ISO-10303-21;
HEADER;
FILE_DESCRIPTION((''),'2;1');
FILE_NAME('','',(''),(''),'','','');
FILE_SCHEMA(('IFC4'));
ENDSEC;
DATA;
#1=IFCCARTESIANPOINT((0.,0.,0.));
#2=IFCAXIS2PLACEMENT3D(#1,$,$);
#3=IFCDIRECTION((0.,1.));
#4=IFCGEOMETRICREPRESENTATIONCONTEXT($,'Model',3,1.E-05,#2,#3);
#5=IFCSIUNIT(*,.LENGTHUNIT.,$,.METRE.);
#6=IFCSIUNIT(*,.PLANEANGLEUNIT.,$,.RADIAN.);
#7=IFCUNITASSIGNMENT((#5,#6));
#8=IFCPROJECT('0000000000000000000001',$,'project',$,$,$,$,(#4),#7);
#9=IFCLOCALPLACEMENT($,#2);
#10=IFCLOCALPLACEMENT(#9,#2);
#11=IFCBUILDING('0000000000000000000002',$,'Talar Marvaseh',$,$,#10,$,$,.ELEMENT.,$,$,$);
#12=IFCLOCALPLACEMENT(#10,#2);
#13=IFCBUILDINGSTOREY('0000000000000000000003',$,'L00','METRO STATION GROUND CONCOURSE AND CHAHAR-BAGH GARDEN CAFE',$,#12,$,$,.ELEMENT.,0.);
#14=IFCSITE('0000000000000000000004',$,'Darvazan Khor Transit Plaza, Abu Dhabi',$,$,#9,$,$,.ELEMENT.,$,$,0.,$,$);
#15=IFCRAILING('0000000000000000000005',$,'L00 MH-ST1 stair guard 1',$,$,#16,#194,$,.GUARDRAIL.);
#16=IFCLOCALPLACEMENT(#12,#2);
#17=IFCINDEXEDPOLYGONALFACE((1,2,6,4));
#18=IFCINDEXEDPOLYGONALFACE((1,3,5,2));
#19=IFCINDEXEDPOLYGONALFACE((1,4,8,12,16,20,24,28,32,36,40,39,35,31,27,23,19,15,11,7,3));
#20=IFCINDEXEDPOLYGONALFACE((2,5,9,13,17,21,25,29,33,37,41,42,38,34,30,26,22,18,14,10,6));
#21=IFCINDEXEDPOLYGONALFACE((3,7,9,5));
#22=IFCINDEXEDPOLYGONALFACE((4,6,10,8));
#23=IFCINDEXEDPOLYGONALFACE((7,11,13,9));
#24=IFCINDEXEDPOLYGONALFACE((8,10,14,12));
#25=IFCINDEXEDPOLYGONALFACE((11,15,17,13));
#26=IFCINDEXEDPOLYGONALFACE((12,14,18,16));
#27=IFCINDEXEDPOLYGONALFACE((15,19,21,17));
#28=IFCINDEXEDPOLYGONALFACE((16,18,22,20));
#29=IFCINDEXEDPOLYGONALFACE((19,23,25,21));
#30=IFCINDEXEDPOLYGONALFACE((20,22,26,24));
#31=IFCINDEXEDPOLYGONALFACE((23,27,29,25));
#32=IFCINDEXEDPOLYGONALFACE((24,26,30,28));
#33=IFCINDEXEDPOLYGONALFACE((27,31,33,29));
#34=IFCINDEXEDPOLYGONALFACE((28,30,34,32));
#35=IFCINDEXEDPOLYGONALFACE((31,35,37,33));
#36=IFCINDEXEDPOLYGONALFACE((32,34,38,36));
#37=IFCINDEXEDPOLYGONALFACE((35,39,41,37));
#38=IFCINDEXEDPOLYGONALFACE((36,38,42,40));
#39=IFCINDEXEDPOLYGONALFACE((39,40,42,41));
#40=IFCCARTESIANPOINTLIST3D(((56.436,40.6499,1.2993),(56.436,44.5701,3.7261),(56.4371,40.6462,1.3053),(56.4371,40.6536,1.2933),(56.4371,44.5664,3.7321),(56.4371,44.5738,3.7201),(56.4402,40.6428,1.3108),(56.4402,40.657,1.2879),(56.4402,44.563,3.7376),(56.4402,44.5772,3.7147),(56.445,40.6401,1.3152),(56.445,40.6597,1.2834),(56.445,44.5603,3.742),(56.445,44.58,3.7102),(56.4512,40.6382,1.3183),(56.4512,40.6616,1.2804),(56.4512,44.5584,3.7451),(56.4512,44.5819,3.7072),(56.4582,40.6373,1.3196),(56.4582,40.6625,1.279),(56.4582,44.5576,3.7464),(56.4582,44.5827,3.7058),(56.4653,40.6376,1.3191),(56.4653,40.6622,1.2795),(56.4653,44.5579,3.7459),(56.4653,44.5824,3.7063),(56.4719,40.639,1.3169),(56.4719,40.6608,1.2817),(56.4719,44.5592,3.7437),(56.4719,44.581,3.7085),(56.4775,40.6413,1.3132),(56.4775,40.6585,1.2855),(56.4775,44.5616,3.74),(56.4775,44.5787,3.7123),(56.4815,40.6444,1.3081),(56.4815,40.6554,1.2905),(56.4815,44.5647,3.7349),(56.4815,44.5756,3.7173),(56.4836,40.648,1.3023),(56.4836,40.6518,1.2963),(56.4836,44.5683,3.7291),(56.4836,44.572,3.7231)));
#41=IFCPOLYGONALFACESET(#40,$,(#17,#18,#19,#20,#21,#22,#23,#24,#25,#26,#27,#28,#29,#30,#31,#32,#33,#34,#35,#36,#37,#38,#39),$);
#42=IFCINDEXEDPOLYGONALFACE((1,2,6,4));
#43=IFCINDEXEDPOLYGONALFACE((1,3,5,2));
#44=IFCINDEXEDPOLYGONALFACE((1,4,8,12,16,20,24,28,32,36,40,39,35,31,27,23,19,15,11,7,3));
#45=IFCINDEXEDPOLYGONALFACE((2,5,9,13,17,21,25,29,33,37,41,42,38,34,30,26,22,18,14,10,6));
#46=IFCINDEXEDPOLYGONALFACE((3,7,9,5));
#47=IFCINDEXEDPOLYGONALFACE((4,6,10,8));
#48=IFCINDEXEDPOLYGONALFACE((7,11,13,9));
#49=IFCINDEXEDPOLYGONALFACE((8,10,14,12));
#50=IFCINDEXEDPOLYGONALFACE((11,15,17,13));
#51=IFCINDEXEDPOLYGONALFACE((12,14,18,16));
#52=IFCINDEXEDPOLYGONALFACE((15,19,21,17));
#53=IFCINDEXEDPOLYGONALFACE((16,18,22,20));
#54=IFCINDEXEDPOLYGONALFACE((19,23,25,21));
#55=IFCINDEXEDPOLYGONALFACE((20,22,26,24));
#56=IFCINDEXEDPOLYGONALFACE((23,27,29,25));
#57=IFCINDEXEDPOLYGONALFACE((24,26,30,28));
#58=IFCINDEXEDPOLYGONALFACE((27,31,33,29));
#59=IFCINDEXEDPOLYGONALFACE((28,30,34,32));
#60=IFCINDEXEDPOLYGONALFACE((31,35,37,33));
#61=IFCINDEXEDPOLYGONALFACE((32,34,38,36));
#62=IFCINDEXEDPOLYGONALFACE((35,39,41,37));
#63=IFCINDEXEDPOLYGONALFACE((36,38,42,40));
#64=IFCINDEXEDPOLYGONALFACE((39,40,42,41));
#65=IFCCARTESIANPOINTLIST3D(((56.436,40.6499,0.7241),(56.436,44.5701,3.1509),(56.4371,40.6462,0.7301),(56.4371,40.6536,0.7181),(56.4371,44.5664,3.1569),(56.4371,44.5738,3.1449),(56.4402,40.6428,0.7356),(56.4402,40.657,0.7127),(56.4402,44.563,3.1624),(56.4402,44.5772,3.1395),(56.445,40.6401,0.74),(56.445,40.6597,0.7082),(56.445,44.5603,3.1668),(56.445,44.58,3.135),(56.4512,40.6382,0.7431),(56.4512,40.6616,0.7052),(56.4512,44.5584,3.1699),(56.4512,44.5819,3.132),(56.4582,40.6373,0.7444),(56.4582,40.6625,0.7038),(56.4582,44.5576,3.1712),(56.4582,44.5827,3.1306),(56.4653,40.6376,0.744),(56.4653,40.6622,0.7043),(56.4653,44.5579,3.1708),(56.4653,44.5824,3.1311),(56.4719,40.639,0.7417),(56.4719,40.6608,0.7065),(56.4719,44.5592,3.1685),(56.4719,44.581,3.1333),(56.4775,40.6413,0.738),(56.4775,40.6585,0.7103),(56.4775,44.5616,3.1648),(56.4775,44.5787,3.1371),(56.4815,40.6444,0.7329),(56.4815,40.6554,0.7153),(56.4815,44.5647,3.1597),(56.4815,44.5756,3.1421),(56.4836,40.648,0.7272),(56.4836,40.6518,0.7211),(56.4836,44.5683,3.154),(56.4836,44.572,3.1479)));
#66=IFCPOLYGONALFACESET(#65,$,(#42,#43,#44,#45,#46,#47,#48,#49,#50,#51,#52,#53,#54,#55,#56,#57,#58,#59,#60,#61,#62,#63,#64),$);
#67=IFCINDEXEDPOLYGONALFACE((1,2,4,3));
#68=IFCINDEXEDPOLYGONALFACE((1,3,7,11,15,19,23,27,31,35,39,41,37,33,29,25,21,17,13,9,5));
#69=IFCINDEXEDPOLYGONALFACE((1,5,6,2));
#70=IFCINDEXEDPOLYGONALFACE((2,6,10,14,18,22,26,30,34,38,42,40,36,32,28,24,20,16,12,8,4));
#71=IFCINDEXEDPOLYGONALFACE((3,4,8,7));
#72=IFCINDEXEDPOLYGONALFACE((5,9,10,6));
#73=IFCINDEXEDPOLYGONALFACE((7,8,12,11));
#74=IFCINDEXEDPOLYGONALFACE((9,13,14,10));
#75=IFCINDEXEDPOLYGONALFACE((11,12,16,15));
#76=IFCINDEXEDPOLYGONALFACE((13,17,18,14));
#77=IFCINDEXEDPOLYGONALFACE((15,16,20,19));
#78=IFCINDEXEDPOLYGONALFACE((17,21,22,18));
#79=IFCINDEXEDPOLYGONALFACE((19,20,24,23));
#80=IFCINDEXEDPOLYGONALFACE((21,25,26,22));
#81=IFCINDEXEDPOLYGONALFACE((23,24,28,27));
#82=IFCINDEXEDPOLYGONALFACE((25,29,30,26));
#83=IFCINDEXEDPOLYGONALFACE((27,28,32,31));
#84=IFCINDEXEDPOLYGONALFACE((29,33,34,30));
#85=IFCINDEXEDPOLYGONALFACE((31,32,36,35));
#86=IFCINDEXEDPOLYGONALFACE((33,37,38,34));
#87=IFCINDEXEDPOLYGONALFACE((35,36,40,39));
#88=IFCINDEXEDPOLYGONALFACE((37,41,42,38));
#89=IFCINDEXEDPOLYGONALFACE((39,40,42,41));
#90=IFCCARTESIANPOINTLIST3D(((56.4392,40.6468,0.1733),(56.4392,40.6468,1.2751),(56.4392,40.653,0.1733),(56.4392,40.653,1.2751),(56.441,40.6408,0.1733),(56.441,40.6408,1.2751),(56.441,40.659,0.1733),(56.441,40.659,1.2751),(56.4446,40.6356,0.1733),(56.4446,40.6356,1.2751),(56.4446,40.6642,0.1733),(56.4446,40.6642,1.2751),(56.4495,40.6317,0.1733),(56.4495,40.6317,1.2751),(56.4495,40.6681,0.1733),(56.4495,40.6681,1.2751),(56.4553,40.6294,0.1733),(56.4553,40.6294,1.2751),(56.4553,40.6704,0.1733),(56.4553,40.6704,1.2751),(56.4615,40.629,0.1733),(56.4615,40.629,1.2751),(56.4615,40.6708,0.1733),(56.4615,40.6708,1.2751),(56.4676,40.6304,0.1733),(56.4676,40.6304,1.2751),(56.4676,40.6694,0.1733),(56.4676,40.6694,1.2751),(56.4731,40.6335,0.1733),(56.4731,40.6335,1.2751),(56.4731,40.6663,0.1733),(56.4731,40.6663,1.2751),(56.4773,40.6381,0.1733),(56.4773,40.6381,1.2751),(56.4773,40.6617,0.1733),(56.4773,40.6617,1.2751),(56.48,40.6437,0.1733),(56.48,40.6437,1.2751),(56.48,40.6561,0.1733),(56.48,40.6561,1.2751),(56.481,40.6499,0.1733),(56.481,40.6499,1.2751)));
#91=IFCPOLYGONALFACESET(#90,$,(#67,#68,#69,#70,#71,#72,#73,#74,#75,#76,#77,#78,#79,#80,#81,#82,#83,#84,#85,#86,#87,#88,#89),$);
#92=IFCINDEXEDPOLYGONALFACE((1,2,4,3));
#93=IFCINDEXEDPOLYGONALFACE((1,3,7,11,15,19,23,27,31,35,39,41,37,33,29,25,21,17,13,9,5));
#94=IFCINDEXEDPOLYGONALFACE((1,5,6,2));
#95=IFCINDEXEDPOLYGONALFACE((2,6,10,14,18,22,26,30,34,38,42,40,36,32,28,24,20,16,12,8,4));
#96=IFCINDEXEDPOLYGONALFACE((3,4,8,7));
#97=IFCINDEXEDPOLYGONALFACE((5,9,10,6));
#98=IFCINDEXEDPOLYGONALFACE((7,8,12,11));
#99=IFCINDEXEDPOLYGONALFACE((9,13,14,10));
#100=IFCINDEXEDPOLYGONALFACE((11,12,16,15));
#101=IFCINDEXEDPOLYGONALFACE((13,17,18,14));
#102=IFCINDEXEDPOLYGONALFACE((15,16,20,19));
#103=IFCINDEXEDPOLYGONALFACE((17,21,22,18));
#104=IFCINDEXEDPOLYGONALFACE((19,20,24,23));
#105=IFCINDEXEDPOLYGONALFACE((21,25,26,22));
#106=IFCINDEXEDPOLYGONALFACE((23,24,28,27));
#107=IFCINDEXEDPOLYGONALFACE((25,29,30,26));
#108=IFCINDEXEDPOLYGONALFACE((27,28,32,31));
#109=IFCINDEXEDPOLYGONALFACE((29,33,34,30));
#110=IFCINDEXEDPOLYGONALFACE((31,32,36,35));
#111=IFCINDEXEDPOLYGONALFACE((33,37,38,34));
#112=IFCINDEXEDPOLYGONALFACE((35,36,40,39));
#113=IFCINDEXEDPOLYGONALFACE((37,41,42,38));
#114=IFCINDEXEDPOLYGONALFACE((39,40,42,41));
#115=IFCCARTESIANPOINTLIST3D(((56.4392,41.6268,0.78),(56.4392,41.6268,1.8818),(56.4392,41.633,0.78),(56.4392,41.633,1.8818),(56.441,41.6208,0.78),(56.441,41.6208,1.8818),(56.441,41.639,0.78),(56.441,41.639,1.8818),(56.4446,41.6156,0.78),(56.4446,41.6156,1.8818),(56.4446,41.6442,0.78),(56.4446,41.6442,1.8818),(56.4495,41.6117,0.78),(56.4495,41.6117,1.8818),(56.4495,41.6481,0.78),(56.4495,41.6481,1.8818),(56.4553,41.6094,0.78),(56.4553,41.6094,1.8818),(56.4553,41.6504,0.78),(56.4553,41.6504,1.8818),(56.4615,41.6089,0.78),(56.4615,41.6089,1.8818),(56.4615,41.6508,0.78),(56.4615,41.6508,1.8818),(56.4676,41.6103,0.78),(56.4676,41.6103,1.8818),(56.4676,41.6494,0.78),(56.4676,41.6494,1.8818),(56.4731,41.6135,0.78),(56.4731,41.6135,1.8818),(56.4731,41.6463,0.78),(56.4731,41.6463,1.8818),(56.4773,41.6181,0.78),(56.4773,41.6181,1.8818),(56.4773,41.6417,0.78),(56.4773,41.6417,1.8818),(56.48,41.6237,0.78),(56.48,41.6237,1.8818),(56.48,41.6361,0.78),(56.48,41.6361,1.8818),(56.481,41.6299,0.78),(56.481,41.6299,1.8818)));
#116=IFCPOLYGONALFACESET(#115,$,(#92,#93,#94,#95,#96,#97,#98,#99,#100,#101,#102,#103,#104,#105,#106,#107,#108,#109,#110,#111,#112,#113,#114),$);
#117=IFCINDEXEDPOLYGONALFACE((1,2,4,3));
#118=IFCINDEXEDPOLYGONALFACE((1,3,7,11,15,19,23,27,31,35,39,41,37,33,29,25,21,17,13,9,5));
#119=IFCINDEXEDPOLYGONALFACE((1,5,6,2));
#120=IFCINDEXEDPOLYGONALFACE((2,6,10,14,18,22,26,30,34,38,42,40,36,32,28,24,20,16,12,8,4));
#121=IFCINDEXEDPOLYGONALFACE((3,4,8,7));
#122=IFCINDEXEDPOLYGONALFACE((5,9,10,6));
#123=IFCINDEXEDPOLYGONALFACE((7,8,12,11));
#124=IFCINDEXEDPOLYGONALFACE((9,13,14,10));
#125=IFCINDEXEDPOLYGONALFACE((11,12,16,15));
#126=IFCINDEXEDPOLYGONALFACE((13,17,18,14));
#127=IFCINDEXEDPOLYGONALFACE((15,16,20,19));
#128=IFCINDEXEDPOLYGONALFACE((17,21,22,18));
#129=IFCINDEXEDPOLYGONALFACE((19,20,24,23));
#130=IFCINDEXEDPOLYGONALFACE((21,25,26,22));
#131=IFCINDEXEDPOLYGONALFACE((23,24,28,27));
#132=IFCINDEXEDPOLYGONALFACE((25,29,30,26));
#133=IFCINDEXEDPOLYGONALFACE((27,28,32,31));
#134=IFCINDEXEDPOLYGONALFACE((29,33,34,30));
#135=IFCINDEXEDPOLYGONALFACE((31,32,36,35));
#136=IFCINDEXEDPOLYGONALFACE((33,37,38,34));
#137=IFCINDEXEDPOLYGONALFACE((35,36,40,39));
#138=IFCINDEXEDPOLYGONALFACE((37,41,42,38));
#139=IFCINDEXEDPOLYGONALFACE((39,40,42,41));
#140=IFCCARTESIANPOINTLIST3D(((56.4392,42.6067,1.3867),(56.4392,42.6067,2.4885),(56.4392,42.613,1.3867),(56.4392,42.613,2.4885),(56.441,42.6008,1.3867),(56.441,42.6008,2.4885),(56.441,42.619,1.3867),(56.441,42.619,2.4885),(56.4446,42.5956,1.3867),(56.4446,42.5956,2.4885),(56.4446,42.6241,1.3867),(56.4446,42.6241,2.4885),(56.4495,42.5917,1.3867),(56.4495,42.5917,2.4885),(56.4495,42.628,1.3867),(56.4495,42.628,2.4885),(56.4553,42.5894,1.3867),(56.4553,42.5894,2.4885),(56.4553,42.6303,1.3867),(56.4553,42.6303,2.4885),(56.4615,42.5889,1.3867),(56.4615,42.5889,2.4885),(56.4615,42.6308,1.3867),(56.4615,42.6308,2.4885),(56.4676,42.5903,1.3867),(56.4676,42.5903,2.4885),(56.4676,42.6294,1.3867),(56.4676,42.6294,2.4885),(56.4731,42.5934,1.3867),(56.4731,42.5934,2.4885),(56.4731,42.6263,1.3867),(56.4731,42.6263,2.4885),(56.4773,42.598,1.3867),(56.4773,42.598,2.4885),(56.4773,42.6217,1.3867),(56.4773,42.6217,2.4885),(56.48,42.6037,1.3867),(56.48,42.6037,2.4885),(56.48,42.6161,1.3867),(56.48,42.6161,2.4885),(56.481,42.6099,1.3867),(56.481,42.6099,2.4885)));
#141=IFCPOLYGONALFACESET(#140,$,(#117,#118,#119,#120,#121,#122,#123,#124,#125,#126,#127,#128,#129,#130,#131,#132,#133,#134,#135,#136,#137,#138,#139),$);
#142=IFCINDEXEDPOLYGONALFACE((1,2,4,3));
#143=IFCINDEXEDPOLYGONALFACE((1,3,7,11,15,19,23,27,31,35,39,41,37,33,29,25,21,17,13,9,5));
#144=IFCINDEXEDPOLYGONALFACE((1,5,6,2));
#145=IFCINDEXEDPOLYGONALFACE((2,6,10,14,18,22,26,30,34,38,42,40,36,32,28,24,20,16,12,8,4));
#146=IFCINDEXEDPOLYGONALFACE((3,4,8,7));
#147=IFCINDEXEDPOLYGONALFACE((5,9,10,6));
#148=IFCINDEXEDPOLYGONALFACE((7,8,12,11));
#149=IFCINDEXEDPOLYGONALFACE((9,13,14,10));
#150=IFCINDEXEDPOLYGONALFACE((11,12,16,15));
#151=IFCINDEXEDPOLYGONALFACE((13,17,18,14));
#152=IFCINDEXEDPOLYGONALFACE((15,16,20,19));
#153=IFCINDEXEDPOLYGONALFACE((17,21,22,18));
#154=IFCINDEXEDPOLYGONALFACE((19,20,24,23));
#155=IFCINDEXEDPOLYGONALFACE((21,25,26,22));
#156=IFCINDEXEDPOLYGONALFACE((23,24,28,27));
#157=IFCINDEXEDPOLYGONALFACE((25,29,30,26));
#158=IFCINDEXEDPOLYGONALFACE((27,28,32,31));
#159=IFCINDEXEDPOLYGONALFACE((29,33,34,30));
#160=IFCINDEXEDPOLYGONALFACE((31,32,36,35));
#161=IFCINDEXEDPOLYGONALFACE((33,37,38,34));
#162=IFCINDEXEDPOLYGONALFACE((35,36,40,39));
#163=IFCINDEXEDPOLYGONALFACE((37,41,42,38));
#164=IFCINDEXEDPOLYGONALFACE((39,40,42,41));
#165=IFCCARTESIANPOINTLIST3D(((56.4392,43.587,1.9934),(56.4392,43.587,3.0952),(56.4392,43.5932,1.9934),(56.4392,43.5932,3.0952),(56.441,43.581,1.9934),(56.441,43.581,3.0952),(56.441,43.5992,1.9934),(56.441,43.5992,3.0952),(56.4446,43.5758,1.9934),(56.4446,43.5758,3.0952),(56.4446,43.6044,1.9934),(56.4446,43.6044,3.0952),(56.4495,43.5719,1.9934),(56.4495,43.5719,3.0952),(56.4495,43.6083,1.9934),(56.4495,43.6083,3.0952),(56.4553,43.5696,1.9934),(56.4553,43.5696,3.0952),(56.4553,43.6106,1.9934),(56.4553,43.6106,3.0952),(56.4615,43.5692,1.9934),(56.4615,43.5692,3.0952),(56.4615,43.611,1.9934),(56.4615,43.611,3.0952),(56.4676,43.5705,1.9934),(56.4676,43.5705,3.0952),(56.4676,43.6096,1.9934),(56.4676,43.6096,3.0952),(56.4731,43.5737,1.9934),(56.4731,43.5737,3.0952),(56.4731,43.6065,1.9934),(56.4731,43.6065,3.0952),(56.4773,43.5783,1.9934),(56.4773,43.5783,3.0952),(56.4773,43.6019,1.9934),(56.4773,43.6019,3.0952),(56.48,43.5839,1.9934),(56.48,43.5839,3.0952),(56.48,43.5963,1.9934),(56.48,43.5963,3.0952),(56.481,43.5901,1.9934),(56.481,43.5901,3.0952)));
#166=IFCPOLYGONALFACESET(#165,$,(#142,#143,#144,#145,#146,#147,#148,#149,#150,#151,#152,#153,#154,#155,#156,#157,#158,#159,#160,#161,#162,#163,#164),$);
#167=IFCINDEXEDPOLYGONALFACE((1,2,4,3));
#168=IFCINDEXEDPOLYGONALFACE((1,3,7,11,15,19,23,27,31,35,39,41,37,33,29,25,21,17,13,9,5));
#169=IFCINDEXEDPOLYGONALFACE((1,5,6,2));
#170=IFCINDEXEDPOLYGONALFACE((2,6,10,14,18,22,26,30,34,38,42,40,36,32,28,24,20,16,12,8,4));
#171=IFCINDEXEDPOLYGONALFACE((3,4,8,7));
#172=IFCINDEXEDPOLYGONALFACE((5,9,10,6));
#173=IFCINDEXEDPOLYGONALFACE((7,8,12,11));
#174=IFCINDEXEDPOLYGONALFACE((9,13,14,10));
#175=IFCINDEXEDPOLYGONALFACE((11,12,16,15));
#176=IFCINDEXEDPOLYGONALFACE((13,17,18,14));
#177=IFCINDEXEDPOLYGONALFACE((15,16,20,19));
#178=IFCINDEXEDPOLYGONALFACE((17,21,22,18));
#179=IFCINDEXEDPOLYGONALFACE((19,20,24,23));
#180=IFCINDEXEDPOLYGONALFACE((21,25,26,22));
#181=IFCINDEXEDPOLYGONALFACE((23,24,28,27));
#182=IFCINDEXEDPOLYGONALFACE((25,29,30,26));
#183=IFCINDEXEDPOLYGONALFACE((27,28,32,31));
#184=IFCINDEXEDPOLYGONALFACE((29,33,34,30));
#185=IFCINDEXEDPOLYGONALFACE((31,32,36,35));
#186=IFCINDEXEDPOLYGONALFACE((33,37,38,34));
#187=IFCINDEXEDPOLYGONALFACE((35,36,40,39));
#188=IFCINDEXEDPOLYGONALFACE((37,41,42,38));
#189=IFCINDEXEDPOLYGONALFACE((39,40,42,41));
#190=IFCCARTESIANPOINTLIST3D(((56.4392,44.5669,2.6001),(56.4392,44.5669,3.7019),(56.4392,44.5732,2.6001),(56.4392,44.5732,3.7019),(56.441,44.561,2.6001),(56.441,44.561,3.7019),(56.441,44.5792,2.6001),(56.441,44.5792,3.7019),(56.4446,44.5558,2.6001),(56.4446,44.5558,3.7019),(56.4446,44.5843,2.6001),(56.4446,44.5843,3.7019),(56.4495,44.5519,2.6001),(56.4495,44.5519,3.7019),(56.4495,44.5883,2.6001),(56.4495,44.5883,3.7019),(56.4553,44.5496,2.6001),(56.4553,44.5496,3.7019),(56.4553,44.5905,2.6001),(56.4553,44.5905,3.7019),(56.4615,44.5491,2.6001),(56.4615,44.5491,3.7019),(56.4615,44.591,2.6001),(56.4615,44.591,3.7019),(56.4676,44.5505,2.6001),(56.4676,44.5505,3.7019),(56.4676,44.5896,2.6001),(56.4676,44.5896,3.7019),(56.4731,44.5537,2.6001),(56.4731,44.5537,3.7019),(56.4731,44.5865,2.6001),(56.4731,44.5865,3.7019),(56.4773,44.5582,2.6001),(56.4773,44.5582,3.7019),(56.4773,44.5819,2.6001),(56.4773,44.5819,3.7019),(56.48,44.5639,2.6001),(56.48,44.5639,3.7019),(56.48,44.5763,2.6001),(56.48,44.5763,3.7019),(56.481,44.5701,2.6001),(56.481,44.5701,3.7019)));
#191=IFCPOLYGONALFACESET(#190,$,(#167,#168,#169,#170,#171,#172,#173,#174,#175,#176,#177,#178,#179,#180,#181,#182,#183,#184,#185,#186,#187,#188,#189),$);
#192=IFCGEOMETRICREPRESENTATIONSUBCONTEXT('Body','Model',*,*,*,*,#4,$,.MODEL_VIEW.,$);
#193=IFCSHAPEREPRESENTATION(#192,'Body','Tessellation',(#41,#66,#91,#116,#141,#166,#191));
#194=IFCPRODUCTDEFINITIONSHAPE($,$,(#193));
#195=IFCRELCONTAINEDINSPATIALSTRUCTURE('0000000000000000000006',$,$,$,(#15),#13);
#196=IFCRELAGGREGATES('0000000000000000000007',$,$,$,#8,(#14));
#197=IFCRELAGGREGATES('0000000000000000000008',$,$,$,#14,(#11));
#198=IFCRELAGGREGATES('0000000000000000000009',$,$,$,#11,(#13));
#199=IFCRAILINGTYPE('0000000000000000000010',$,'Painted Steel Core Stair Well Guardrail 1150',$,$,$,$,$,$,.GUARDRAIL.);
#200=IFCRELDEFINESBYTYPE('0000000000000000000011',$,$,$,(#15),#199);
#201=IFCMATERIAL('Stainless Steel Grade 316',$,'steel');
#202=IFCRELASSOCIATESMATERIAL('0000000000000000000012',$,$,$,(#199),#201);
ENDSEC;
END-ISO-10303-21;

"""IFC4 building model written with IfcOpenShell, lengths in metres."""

from ifc_helpers import new_model, si_unit, direction, frame, origin, origin_2d, place, context, subcontext, project, spatial, circle, extrude, material, type_object, element, save


model = new_model("IFC4")

# Units and contexts
model_context = context("Model", 3, precision=1e-05, world=origin(), true_north=direction((0.0, 1.0)))
body_context = subcontext(model_context, "Body", "Model", "MODEL_VIEW")
ifc_project = project(units=[si_unit("LENGTHUNIT", "METRE"), si_unit("PLANEANGLEUNIT", "RADIAN")], contexts=[model_context])

# Site, building, storey
site_placement = place(None, origin())
site = spatial("IfcSite", under=ifc_project, at=site_placement, Name="Darvazan Khor Transit Plaza, Abu Dhabi", CompositionType="ELEMENT", RefElevation=0.0)
building_placement = place(site_placement, origin())
building = spatial("IfcBuilding", under=site, at=building_placement, Name="Talar Marvaseh", CompositionType="ELEMENT")
storey_placement = place(building_placement, origin())
storey = spatial("IfcBuildingStorey", under=building, at=storey_placement, Name="L00", Description="METRO STATION GROUND CONCOURSE AND CHAHAR-BAGH GARDEN CAFE", CompositionType="ELEMENT", Elevation=0.0)

# Shared definitions
ifc_material_1 = material(Name="Stainless Steel Grade 316", Category="steel")

# Railing
railing_type_1 = type_object("IfcRailingType", Name="Painted Steel Core Stair Well Guardrail 1150", PredefinedType="GUARDRAIL", material=ifc_material_1)
railing_1_placement = place(storey_placement, frame((56.46, 40.6499, 0.1733)))
element("IfcRailing", 1, at=railing_1_placement, inside=storey, type_object=railing_type_1, Name="L00 MH-ST1 stair guard 1", PredefinedType="GUARDRAIL", context=body_context, shape_type="SweptSolid", body=[
    extrude(circle(Radius=0.0239, at=origin_2d()), frame((0.0, 0.0, 1.126), z_axis=(0.0, 0.850266, 0.526353), x_axis=(-1.0, 0.0, 0.0)), (0.0, 0.0, 1.0), 4.6106),
    extrude(circle(Radius=0.0239, at=origin_2d()), frame((0.0, 0.0, 0.5508), z_axis=(0.0, 0.850266, 0.526353), x_axis=(-1.0, 0.0, 0.0)), (0.0, 0.0, 1.0), 4.6106),
    extrude(circle(Radius=0.021, at=origin_2d()), origin(), (0.0, 0.0, 1.0), 1.1018),
    extrude(circle(Radius=0.021, at=origin_2d()), frame((0.0, 0.98, 0.6067)), (0.0, 0.0, 1.0), 1.1018),
    extrude(circle(Radius=0.021, at=origin_2d()), frame((0.0, 1.96, 1.2134)), (0.0, 0.0, 1.0), 1.1018),
    extrude(circle(Radius=0.021, at=origin_2d()), frame((0.0, 2.9402, 1.8201)), (0.0, 0.0, 1.0), 1.1018),
    extrude(circle(Radius=0.021, at=origin_2d()), frame((0.0, 3.9202, 2.4268)), (0.0, 0.0, 1.0), 1.1018),
])

save(model, "model.ifc")
